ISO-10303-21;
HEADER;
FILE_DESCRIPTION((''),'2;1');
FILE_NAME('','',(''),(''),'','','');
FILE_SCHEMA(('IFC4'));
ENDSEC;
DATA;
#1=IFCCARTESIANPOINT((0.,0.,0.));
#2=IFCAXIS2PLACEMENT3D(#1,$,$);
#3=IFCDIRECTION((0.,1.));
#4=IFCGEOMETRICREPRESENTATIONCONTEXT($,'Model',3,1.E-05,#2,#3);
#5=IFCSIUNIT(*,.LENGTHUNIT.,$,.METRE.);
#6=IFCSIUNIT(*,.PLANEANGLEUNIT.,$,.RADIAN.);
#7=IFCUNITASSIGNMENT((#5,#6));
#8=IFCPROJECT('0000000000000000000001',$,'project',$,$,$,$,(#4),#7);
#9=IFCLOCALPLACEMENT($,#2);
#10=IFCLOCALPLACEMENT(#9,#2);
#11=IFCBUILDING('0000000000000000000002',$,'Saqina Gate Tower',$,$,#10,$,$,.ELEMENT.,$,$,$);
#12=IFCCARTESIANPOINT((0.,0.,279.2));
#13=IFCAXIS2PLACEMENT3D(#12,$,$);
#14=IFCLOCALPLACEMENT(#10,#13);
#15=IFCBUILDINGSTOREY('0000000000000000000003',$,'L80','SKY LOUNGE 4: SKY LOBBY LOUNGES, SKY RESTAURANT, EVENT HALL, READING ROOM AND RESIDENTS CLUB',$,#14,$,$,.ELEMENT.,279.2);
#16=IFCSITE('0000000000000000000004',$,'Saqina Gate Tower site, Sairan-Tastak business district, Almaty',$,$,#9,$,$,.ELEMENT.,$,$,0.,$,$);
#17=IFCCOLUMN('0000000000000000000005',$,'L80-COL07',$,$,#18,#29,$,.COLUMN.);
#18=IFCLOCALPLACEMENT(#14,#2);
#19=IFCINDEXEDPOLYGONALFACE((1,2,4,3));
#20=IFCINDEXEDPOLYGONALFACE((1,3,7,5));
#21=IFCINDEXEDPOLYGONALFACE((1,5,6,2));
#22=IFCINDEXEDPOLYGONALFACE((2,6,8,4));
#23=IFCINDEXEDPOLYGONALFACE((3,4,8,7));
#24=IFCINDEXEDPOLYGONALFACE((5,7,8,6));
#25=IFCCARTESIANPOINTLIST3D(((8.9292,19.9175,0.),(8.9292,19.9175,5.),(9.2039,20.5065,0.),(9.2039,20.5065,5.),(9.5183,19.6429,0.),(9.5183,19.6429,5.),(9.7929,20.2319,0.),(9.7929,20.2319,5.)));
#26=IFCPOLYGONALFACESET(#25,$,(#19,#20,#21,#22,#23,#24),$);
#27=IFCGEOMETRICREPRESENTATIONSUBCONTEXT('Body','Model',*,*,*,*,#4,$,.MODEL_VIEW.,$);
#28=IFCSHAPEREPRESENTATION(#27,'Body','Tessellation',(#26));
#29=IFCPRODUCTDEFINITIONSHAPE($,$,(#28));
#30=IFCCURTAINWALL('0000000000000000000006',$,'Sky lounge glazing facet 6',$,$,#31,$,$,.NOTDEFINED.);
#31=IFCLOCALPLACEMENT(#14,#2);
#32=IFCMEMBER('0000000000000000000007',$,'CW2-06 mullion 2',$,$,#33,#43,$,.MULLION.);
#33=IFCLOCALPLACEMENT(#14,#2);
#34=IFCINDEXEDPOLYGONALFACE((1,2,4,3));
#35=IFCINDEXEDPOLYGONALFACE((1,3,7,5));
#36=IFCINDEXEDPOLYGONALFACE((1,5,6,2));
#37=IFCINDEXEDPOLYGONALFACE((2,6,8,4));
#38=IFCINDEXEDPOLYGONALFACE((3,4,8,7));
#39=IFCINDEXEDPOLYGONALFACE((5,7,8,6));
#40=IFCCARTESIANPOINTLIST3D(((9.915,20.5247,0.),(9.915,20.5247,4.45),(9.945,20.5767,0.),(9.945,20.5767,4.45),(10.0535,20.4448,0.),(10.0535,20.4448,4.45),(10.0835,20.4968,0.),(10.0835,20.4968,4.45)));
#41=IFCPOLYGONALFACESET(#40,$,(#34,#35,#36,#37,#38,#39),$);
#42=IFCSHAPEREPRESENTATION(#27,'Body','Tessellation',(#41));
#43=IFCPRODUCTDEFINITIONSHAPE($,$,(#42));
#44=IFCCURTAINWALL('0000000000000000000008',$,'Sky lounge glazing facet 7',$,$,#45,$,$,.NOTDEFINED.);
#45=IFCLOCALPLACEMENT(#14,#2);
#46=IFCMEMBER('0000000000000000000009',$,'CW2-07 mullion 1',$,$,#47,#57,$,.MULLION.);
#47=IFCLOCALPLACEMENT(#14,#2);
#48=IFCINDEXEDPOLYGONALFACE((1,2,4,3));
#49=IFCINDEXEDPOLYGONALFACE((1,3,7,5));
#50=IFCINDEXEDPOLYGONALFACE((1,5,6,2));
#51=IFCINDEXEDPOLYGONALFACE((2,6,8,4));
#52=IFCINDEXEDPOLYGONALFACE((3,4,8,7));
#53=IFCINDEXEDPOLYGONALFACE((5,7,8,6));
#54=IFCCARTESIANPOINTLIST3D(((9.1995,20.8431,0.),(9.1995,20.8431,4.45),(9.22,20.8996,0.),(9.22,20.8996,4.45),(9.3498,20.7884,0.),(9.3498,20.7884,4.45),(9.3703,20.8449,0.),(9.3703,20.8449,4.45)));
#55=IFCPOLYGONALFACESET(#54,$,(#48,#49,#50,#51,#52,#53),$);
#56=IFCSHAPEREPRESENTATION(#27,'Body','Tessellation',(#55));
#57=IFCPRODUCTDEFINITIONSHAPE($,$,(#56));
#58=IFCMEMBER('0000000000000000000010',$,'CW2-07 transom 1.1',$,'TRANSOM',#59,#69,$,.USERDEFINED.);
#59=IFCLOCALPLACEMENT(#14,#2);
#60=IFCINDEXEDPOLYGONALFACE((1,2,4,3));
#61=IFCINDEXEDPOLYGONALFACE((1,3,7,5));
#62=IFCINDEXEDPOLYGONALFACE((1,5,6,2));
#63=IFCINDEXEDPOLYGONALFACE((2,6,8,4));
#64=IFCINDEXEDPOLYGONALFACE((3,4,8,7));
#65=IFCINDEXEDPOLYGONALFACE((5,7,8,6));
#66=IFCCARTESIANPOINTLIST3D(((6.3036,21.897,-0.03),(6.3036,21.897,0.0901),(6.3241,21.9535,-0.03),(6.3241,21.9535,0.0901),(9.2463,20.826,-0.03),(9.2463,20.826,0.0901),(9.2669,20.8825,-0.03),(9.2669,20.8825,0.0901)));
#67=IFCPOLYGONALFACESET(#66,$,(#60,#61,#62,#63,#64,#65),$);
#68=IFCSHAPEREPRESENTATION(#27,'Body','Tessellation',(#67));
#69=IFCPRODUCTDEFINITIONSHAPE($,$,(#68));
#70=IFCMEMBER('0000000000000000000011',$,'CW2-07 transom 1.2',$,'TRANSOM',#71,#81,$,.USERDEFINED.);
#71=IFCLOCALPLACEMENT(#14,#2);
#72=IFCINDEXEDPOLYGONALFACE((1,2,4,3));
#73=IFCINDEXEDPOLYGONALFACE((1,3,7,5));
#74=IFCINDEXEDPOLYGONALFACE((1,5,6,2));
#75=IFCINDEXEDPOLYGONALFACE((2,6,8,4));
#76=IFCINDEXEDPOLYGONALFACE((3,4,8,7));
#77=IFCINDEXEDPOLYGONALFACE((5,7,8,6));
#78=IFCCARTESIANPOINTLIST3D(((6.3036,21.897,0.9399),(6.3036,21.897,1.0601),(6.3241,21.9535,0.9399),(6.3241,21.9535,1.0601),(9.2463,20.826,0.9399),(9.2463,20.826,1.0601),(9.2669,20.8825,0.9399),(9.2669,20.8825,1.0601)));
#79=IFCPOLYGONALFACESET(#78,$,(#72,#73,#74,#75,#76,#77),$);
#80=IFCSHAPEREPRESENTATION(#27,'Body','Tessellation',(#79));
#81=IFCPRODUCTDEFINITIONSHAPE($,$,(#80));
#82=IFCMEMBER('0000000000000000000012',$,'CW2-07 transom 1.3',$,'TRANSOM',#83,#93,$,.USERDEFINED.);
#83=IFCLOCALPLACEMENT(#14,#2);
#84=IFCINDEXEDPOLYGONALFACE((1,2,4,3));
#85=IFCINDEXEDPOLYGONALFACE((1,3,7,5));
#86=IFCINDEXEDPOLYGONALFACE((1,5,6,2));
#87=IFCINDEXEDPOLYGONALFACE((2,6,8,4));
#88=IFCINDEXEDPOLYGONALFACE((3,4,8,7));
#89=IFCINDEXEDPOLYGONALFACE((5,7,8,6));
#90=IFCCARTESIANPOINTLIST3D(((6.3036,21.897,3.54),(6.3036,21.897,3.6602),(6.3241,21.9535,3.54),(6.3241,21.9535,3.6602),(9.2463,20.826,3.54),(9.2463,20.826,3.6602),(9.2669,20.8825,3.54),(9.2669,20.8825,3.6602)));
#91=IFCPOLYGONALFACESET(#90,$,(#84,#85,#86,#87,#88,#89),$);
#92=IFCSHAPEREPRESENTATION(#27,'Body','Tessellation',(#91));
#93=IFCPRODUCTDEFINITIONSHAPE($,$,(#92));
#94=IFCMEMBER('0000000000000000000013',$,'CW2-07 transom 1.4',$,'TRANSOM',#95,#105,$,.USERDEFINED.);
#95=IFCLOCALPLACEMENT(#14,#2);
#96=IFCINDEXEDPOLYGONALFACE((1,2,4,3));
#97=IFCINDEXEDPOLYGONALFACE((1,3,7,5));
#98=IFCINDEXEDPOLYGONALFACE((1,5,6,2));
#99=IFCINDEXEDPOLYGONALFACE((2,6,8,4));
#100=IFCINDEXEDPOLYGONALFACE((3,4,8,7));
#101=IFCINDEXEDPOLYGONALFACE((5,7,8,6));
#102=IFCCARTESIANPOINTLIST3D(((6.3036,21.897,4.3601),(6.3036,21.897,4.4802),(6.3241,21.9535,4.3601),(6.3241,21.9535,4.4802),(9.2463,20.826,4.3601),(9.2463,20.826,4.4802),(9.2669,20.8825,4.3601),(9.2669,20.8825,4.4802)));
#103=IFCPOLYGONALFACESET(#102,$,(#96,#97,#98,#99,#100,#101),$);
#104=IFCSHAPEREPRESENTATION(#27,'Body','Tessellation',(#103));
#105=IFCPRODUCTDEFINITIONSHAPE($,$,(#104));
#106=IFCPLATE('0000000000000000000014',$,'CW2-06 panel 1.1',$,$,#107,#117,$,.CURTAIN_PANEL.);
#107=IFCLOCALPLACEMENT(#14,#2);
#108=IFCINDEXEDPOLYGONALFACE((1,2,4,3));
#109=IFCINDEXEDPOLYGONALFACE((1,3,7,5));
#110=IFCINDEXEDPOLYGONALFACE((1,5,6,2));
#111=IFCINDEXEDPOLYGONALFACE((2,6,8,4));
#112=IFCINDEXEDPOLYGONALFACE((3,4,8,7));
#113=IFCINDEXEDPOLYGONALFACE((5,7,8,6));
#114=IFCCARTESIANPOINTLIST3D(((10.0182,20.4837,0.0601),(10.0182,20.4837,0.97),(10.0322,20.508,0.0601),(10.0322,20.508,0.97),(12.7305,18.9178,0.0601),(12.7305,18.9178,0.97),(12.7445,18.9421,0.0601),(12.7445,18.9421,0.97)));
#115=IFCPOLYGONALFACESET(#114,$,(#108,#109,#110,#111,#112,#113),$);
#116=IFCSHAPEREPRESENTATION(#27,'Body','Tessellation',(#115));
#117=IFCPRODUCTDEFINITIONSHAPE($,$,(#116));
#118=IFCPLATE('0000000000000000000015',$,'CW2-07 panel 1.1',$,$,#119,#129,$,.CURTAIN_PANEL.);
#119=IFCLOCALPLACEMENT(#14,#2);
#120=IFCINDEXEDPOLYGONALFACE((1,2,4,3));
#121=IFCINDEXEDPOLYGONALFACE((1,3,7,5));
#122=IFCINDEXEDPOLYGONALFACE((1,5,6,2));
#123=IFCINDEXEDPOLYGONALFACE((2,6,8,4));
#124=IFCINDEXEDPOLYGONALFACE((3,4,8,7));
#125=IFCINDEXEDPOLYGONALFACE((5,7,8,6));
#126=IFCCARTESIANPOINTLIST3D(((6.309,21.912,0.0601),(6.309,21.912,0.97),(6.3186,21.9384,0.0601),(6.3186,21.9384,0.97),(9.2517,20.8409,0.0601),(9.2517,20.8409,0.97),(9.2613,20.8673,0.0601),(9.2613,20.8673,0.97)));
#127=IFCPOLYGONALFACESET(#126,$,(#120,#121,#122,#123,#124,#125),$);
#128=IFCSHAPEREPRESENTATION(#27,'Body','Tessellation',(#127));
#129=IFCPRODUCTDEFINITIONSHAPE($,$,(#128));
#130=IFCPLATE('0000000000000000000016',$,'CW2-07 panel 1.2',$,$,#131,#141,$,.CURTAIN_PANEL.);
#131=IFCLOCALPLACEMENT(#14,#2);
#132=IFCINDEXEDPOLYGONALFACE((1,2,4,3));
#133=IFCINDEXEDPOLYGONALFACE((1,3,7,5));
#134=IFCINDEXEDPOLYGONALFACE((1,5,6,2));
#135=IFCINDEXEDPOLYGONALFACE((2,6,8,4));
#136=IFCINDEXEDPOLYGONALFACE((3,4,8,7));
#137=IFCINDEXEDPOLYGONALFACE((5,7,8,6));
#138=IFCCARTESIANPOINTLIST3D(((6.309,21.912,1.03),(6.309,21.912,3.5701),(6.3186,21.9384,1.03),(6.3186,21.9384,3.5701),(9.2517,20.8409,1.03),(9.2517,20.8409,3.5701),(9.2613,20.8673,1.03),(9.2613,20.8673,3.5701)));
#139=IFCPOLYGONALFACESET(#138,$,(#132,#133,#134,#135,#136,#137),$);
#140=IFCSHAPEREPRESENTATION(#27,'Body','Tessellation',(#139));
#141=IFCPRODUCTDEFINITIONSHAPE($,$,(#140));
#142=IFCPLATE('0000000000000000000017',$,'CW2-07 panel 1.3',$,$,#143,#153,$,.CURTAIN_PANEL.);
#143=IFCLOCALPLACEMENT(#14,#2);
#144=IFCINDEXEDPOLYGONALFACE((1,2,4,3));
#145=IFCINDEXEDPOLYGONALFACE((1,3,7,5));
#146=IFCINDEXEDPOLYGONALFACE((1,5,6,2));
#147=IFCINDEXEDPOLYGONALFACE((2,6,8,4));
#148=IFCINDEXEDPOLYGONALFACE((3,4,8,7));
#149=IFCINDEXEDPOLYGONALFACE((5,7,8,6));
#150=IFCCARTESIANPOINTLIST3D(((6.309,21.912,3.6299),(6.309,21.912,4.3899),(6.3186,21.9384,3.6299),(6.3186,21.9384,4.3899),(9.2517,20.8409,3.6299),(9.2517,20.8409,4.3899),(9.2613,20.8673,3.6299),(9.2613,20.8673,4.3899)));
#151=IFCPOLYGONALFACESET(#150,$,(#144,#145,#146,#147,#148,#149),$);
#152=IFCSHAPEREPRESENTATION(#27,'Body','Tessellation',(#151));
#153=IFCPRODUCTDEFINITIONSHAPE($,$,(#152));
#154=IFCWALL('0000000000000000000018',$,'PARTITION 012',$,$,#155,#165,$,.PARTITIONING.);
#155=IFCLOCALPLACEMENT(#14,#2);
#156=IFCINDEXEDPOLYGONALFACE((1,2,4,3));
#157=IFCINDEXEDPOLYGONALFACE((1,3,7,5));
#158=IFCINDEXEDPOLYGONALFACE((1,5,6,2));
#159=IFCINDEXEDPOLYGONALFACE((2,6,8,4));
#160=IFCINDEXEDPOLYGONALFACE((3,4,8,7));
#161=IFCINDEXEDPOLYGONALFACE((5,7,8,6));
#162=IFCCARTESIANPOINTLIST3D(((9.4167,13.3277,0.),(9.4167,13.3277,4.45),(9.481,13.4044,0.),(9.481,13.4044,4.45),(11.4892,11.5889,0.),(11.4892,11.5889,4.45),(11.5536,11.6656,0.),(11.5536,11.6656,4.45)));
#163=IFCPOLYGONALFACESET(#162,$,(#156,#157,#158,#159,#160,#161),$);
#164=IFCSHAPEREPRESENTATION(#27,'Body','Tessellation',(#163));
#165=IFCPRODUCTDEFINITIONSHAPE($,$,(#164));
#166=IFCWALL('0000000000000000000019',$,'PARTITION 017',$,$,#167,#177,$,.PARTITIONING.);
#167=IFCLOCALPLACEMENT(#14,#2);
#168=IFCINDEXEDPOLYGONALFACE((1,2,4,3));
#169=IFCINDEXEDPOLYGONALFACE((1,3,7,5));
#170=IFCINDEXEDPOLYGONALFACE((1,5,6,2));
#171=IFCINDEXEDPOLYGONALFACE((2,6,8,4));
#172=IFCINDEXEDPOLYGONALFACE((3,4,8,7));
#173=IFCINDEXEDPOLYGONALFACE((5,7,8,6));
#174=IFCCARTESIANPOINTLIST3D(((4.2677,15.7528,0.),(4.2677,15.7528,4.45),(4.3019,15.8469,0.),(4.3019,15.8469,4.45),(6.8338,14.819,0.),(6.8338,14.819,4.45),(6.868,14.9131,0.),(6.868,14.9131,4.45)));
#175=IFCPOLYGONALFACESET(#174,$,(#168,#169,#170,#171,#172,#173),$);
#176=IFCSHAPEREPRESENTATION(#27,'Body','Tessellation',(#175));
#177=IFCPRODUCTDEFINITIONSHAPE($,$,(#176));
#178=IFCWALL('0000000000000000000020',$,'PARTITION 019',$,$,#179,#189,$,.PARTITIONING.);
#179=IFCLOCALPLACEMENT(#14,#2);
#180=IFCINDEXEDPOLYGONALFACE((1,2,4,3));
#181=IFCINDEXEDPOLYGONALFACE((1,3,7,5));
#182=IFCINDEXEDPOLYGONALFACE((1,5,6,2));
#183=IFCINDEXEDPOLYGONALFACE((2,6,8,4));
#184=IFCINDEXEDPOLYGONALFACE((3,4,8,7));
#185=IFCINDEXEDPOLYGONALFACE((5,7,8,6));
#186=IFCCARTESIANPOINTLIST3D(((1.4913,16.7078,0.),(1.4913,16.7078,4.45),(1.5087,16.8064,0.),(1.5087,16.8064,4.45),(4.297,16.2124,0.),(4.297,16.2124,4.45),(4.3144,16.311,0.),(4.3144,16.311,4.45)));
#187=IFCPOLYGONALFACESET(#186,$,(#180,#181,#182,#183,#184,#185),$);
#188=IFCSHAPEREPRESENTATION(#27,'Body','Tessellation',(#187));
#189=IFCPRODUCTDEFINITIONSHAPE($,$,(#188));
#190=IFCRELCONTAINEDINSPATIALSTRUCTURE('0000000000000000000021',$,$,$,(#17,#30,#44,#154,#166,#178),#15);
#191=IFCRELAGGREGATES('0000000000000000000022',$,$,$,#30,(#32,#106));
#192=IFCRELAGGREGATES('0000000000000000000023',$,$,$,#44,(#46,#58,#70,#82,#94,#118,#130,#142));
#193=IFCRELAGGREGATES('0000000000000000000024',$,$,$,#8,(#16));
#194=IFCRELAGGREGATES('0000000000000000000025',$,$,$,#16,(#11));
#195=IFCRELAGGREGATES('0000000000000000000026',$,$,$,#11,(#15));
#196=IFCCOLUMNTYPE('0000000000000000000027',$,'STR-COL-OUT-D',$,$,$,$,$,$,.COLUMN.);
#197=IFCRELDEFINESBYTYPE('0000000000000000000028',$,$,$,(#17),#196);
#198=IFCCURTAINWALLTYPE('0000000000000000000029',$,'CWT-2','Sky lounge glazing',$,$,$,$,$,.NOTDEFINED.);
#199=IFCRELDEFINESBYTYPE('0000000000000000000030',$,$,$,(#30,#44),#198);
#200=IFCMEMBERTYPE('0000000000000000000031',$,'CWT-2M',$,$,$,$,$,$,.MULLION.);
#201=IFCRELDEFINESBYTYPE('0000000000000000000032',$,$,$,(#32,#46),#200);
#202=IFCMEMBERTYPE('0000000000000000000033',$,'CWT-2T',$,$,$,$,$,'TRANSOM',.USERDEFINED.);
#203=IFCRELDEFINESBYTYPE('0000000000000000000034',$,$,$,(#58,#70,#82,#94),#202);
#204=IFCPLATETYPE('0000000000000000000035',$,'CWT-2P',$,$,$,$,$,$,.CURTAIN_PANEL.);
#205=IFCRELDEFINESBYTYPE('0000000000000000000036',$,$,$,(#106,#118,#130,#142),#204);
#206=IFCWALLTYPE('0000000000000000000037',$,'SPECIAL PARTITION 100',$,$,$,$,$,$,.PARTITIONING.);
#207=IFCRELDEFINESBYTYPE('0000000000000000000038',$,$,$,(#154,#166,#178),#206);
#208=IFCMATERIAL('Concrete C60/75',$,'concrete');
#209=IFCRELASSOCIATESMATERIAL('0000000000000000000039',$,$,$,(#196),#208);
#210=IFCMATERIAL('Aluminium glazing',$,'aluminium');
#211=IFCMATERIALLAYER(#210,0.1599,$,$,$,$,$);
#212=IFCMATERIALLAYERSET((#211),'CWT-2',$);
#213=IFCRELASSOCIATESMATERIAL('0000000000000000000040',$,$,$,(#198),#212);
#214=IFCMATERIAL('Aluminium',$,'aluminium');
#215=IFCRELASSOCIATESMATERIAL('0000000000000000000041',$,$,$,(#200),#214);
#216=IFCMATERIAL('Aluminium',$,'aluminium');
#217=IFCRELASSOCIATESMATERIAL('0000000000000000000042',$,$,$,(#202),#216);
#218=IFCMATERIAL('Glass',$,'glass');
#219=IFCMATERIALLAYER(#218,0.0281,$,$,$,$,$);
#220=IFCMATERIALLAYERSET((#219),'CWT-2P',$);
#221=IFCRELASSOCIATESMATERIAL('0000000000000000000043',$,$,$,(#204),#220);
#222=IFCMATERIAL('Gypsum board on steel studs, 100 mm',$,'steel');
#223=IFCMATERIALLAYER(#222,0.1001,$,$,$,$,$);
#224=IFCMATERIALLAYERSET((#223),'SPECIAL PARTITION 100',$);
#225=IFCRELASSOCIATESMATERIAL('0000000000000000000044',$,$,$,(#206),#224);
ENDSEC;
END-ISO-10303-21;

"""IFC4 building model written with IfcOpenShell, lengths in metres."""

from ifc_helpers import new_model, si_unit, direction, frame, frame_2d, origin, origin_2d, place, context, subcontext, project, spatial, rectangle, extrude, material, layer, layer_set, material_profile, profile_set, type_object, element, aggregate, save


model = new_model("IFC4")

# Units and contexts
model_context = context("Model", 3, precision=1e-05, world=origin(), true_north=direction((0.0, 1.0)))
body_context = subcontext(model_context, "Body", "Model", "MODEL_VIEW")
ifc_project = project(units=[si_unit("LENGTHUNIT", "METRE"), si_unit("PLANEANGLEUNIT", "RADIAN")], contexts=[model_context])

# Site, building, storey
site_placement = place(None, origin())
site = spatial("IfcSite", under=ifc_project, at=site_placement, Name="Saqina Gate Tower site, Sairan-Tastak business district, Almaty", CompositionType="ELEMENT", RefElevation=0.0)
building_placement = place(site_placement, origin())
building = spatial("IfcBuilding", under=site, at=building_placement, Name="Saqina Gate Tower", CompositionType="ELEMENT")
storey_placement = place(building_placement, frame((0.0, 0.0, 279.2)))
storey = spatial("IfcBuildingStorey", under=building, at=storey_placement, Name="L80", Description="SKY LOUNGE 4: SKY LOBBY LOUNGES, SKY RESTAURANT, EVENT HALL, READING ROOM AND RESIDENTS CLUB", CompositionType="ELEMENT", Elevation=279.2)

# Column
ifc_material_1 = material(Name="Concrete C60/75", Category="concrete")
ifc_material_profile_1 = material_profile(ifc_material_1, rectangle(XDim=0.6499, YDim=0.6499, at=origin_2d()), Name="RC 650x650")
ifc_profile_set_1 = profile_set([ifc_material_profile_1], Name="Concrete C60/75")
column_type = type_object("IfcColumnType", Name="STR-COL-OUT-D", PredefinedType="COLUMN", material=ifc_profile_set_1)
column_placement = place(storey_placement, frame((9.3611, 20.0747, 0.0), z_axis=(0.0, 0.0, 1.0), x_axis=(0.422618, 0.906308, 0.0)))
element("IfcColumn", 1, at=column_placement, inside=storey, type_object=column_type, Name="L80-COL07", PredefinedType="COLUMN", context=body_context, shape_type="SweptSolid", body=[
    extrude(rectangle(XDim=0.6499, YDim=0.6499, at=origin_2d()), origin(), (0.0, 0.0, 1.0), 5.0),
])

# Curtain wall, member
ifc_material_2 = material(Name="Aluminium glazing", Category="aluminium")
ifc_layer_1 = layer(ifc_material_2, 0.1599)
ifc_layer_set_1 = layer_set([ifc_layer_1], Name="CWT-2")
curtain_wall_type = type_object("IfcCurtainWallType", Name="CWT-2", Description="Sky lounge glazing", PredefinedType="NOTDEFINED", material=ifc_layer_set_1)
curtain_wall_1_placement = place(storey_placement, origin())
curtain_wall_1 = element("IfcCurtainWall", 2, at=curtain_wall_1_placement, inside=storey, type_object=curtain_wall_type, Name="Sky lounge glazing facet 6", PredefinedType="NOTDEFINED")
ifc_material_3 = material(Name="Aluminium", Category="aluminium")
ifc_material_profile_2 = material_profile(ifc_material_3, rectangle(XDim=0.0601, YDim=0.1599, at=origin_2d()), Name="Aluminium 60x160")
ifc_profile_set_2 = profile_set([ifc_material_profile_2], Name="Aluminium")
member_type_1 = type_object("IfcMemberType", Name="CWT-2M", PredefinedType="MULLION", material=ifc_profile_set_2)
member_1_placement = place(storey_placement, frame((9.9993, 20.5107, 0.0), z_axis=(0.0, 0.0, 1.0), x_axis=(-0.499982, -0.866036, 0.0)))
member_1 = element("IfcMember", 3, at=member_1_placement, type_object=member_type_1, Name="CW2-06 mullion 2", PredefinedType="MULLION", context=body_context, shape_type="SweptSolid", body=[
    extrude(rectangle(XDim=0.0601, YDim=0.1599, at=origin_2d()), origin(), (0.0, 0.0, 1.0), 4.45),
])

# Curtain wall, members
curtain_wall_2_placement = place(storey_placement, origin())
curtain_wall_2 = element("IfcCurtainWall", 4, at=curtain_wall_2_placement, inside=storey, type_object=curtain_wall_type, Name="Sky lounge glazing facet 7", PredefinedType="NOTDEFINED")
member_2_placement = place(storey_placement, frame((9.2849, 20.844, 0.0), z_axis=(0.0, 0.0, 1.0), x_axis=(-0.342007, -0.939697, 0.0)))
member_2 = element("IfcMember", 5, at=member_2_placement, type_object=member_type_1, Name="CW2-07 mullion 1", PredefinedType="MULLION", context=body_context, shape_type="SweptSolid", body=[
    extrude(rectangle(XDim=0.0601, YDim=0.1599, at=origin_2d()), origin(), (0.0, 0.0, 1.0), 4.45),
])
ifc_material_4 = material(Name="Aluminium", Category="aluminium")
ifc_material_profile_3 = material_profile(ifc_material_4, rectangle(XDim=0.0601, YDim=0.1201, at=origin_2d()), Name="Aluminium 60x120")
ifc_profile_set_3 = profile_set([ifc_material_profile_3], Name="Aluminium")
member_type_2 = type_object("IfcMemberType", Name="CWT-2T", ElementType="TRANSOM", PredefinedType="USERDEFINED", material=ifc_profile_set_3)
member_3_placement = place(storey_placement, frame((9.2566, 20.8542, 0.03), z_axis=(-0.9397, 0.342, 0.0), x_axis=(-0.342, -0.9397, 0.0)))
member_3 = element("IfcMember", 6, at=member_3_placement, type_object=member_type_2, Name="CW2-07 transom 1.1", ObjectType="TRANSOM", PredefinedType="USERDEFINED", context=body_context, shape_type="SweptSolid", body=[
    extrude(rectangle(XDim=0.0601, YDim=0.1201, at=origin_2d()), origin(), (0.0, 0.0, 1.0), 3.1316),
])
member_4_placement = place(storey_placement, frame((9.2566, 20.8542, 1.0), z_axis=(-0.9397, 0.342, 0.0), x_axis=(-0.342, -0.9397, 0.0)))
member_4 = element("IfcMember", 7, at=member_4_placement, type_object=member_type_2, Name="CW2-07 transom 1.2", ObjectType="TRANSOM", PredefinedType="USERDEFINED", context=body_context, shape_type="SweptSolid", body=[
    extrude(rectangle(XDim=0.0601, YDim=0.1201, at=origin_2d()), origin(), (0.0, 0.0, 1.0), 3.1316),
])
member_5_placement = place(storey_placement, frame((9.2566, 20.8542, 3.6001), z_axis=(-0.9397, 0.342, 0.0), x_axis=(-0.342, -0.9397, 0.0)))
member_5 = element("IfcMember", 8, at=member_5_placement, type_object=member_type_2, Name="CW2-07 transom 1.3", ObjectType="TRANSOM", PredefinedType="USERDEFINED", context=body_context, shape_type="SweptSolid", body=[
    extrude(rectangle(XDim=0.0601, YDim=0.1201, at=origin_2d()), origin(), (0.0, 0.0, 1.0), 3.1316),
])
member_6_placement = place(storey_placement, frame((9.2566, 20.8542, 4.4202), z_axis=(-0.9397, 0.342, 0.0), x_axis=(-0.342, -0.9397, 0.0)))
member_6 = element("IfcMember", 9, at=member_6_placement, type_object=member_type_2, Name="CW2-07 transom 1.4", ObjectType="TRANSOM", PredefinedType="USERDEFINED", context=body_context, shape_type="SweptSolid", body=[
    extrude(rectangle(XDim=0.0601, YDim=0.1201, at=origin_2d()), origin(), (0.0, 0.0, 1.0), 3.1316),
])

# Plates
ifc_material_5 = material(Name="Glass", Category="glass")
ifc_layer_2 = layer(ifc_material_5, 0.0281)
ifc_layer_set_2 = layer_set([ifc_layer_2], Name="CWT-2P")
plate_type = type_object("IfcPlateType", Name="CWT-2P", PredefinedType="CURTAIN_PANEL", material=ifc_layer_set_2)
plate_1_placement = place(storey_placement, frame((11.3813, 19.7129, 0.0601), z_axis=(0.0, 0.0, 1.0), x_axis=(-0.866036, 0.499982, 0.0)))
plate_1 = element("IfcPlate", 10, at=plate_1_placement, type_object=plate_type, Name="CW2-06 panel 1.1", PredefinedType="CURTAIN_PANEL", context=body_context, shape_type="SweptSolid", body=[
    extrude(rectangle(XDim=3.1318, YDim=0.0281, at=origin_2d()), origin(), (0.0, 0.0, 1.0), 0.9099),
])
aggregate(curtain_wall_1, [member_1, plate_1])
plate_2_placement = place(storey_placement, frame((7.7852, 21.3896, 0.0601), z_axis=(0.0, 0.0, 1.0), x_axis=(-0.939697, 0.342007, 0.0)))
plate_2 = element("IfcPlate", 11, at=plate_2_placement, type_object=plate_type, Name="CW2-07 panel 1.1", PredefinedType="CURTAIN_PANEL", context=body_context, shape_type="SweptSolid", body=[
    extrude(rectangle(XDim=3.1316, YDim=0.0281, at=origin_2d()), origin(), (0.0, 0.0, 1.0), 0.9099),
])
plate_3_placement = place(storey_placement, frame((7.7852, 21.3896, 1.03), z_axis=(0.0, 0.0, 1.0), x_axis=(-0.939697, 0.342007, 0.0)))
plate_3 = element("IfcPlate", 12, at=plate_3_placement, type_object=plate_type, Name="CW2-07 panel 1.2", PredefinedType="CURTAIN_PANEL", context=body_context, shape_type="SweptSolid", body=[
    extrude(rectangle(XDim=3.1316, YDim=0.0281, at=origin_2d()), origin(), (0.0, 0.0, 1.0), 2.54),
])
plate_4_placement = place(storey_placement, frame((7.7852, 21.3896, 3.6299), z_axis=(0.0, 0.0, 1.0), x_axis=(-0.939697, 0.342007, 0.0)))
plate_4 = element("IfcPlate", 13, at=plate_4_placement, type_object=plate_type, Name="CW2-07 panel 1.3", PredefinedType="CURTAIN_PANEL", context=body_context, shape_type="SweptSolid", body=[
    extrude(rectangle(XDim=3.1316, YDim=0.0281, at=origin_2d()), origin(), (0.0, 0.0, 1.0), 0.76),
])
aggregate(curtain_wall_2, [member_2, member_3, member_4, member_5, member_6, plate_2, plate_3, plate_4])

# Walls
ifc_material_6 = material(Name="Gypsum board on steel studs, 100 mm", Category="steel")
ifc_layer_3 = layer(ifc_material_6, 0.1001)
ifc_layer_set_3 = layer_set([ifc_layer_3], Name="SPECIAL PARTITION 100")
wall_type_1 = type_object("IfcWallType", Name="SPECIAL PARTITION 100", PredefinedType="PARTITIONING", material=ifc_layer_set_3)
wall_1_placement = place(storey_placement, frame((9.449, 13.366, 0.0), z_axis=(0.0, 0.0, 1.0), x_axis=(0.766094, -0.642728, 0.0)))
element("IfcWall", 14, at=wall_1_placement, inside=storey, type_object=wall_type_1, Name="PARTITION 012", PredefinedType="PARTITIONING", context=body_context, shape_type="SweptSolid", body=[
    extrude(rectangle(XDim=2.7053, YDim=0.1001, at=frame_2d((1.3525, 0.0))), origin(), (0.0, 0.0, 1.0), 4.45),
])
wall_2_placement = place(storey_placement, frame((4.2849, 15.7998, 0.0), z_axis=(0.0, 0.0, 1.0), x_axis=(0.939712, -0.341966, 0.0)))
element("IfcWall", 15, at=wall_2_placement, inside=storey, type_object=wall_type_1, Name="PARTITION 017", PredefinedType="PARTITIONING", context=body_context, shape_type="SweptSolid", body=[
    extrude(rectangle(XDim=2.7307, YDim=0.1001, at=frame_2d((1.3652, 0.0))), origin(), (0.0, 0.0, 1.0), 4.45),
])
wall_3_placement = place(storey_placement, frame((1.5, 16.7571, 0.0), z_axis=(0.0, 0.0, 1.0), x_axis=(0.984769, -0.173868, 0.0)))
element("IfcWall", 16, at=wall_3_placement, inside=storey, type_object=wall_type_1, Name="PARTITION 019", PredefinedType="PARTITIONING", context=body_context, shape_type="SweptSolid", body=[
    extrude(rectangle(XDim=2.8491, YDim=0.1001, at=frame_2d((1.4246, 0.0))), origin(), (0.0, 0.0, 1.0), 4.45),
])

save(model, "model.ifc")
